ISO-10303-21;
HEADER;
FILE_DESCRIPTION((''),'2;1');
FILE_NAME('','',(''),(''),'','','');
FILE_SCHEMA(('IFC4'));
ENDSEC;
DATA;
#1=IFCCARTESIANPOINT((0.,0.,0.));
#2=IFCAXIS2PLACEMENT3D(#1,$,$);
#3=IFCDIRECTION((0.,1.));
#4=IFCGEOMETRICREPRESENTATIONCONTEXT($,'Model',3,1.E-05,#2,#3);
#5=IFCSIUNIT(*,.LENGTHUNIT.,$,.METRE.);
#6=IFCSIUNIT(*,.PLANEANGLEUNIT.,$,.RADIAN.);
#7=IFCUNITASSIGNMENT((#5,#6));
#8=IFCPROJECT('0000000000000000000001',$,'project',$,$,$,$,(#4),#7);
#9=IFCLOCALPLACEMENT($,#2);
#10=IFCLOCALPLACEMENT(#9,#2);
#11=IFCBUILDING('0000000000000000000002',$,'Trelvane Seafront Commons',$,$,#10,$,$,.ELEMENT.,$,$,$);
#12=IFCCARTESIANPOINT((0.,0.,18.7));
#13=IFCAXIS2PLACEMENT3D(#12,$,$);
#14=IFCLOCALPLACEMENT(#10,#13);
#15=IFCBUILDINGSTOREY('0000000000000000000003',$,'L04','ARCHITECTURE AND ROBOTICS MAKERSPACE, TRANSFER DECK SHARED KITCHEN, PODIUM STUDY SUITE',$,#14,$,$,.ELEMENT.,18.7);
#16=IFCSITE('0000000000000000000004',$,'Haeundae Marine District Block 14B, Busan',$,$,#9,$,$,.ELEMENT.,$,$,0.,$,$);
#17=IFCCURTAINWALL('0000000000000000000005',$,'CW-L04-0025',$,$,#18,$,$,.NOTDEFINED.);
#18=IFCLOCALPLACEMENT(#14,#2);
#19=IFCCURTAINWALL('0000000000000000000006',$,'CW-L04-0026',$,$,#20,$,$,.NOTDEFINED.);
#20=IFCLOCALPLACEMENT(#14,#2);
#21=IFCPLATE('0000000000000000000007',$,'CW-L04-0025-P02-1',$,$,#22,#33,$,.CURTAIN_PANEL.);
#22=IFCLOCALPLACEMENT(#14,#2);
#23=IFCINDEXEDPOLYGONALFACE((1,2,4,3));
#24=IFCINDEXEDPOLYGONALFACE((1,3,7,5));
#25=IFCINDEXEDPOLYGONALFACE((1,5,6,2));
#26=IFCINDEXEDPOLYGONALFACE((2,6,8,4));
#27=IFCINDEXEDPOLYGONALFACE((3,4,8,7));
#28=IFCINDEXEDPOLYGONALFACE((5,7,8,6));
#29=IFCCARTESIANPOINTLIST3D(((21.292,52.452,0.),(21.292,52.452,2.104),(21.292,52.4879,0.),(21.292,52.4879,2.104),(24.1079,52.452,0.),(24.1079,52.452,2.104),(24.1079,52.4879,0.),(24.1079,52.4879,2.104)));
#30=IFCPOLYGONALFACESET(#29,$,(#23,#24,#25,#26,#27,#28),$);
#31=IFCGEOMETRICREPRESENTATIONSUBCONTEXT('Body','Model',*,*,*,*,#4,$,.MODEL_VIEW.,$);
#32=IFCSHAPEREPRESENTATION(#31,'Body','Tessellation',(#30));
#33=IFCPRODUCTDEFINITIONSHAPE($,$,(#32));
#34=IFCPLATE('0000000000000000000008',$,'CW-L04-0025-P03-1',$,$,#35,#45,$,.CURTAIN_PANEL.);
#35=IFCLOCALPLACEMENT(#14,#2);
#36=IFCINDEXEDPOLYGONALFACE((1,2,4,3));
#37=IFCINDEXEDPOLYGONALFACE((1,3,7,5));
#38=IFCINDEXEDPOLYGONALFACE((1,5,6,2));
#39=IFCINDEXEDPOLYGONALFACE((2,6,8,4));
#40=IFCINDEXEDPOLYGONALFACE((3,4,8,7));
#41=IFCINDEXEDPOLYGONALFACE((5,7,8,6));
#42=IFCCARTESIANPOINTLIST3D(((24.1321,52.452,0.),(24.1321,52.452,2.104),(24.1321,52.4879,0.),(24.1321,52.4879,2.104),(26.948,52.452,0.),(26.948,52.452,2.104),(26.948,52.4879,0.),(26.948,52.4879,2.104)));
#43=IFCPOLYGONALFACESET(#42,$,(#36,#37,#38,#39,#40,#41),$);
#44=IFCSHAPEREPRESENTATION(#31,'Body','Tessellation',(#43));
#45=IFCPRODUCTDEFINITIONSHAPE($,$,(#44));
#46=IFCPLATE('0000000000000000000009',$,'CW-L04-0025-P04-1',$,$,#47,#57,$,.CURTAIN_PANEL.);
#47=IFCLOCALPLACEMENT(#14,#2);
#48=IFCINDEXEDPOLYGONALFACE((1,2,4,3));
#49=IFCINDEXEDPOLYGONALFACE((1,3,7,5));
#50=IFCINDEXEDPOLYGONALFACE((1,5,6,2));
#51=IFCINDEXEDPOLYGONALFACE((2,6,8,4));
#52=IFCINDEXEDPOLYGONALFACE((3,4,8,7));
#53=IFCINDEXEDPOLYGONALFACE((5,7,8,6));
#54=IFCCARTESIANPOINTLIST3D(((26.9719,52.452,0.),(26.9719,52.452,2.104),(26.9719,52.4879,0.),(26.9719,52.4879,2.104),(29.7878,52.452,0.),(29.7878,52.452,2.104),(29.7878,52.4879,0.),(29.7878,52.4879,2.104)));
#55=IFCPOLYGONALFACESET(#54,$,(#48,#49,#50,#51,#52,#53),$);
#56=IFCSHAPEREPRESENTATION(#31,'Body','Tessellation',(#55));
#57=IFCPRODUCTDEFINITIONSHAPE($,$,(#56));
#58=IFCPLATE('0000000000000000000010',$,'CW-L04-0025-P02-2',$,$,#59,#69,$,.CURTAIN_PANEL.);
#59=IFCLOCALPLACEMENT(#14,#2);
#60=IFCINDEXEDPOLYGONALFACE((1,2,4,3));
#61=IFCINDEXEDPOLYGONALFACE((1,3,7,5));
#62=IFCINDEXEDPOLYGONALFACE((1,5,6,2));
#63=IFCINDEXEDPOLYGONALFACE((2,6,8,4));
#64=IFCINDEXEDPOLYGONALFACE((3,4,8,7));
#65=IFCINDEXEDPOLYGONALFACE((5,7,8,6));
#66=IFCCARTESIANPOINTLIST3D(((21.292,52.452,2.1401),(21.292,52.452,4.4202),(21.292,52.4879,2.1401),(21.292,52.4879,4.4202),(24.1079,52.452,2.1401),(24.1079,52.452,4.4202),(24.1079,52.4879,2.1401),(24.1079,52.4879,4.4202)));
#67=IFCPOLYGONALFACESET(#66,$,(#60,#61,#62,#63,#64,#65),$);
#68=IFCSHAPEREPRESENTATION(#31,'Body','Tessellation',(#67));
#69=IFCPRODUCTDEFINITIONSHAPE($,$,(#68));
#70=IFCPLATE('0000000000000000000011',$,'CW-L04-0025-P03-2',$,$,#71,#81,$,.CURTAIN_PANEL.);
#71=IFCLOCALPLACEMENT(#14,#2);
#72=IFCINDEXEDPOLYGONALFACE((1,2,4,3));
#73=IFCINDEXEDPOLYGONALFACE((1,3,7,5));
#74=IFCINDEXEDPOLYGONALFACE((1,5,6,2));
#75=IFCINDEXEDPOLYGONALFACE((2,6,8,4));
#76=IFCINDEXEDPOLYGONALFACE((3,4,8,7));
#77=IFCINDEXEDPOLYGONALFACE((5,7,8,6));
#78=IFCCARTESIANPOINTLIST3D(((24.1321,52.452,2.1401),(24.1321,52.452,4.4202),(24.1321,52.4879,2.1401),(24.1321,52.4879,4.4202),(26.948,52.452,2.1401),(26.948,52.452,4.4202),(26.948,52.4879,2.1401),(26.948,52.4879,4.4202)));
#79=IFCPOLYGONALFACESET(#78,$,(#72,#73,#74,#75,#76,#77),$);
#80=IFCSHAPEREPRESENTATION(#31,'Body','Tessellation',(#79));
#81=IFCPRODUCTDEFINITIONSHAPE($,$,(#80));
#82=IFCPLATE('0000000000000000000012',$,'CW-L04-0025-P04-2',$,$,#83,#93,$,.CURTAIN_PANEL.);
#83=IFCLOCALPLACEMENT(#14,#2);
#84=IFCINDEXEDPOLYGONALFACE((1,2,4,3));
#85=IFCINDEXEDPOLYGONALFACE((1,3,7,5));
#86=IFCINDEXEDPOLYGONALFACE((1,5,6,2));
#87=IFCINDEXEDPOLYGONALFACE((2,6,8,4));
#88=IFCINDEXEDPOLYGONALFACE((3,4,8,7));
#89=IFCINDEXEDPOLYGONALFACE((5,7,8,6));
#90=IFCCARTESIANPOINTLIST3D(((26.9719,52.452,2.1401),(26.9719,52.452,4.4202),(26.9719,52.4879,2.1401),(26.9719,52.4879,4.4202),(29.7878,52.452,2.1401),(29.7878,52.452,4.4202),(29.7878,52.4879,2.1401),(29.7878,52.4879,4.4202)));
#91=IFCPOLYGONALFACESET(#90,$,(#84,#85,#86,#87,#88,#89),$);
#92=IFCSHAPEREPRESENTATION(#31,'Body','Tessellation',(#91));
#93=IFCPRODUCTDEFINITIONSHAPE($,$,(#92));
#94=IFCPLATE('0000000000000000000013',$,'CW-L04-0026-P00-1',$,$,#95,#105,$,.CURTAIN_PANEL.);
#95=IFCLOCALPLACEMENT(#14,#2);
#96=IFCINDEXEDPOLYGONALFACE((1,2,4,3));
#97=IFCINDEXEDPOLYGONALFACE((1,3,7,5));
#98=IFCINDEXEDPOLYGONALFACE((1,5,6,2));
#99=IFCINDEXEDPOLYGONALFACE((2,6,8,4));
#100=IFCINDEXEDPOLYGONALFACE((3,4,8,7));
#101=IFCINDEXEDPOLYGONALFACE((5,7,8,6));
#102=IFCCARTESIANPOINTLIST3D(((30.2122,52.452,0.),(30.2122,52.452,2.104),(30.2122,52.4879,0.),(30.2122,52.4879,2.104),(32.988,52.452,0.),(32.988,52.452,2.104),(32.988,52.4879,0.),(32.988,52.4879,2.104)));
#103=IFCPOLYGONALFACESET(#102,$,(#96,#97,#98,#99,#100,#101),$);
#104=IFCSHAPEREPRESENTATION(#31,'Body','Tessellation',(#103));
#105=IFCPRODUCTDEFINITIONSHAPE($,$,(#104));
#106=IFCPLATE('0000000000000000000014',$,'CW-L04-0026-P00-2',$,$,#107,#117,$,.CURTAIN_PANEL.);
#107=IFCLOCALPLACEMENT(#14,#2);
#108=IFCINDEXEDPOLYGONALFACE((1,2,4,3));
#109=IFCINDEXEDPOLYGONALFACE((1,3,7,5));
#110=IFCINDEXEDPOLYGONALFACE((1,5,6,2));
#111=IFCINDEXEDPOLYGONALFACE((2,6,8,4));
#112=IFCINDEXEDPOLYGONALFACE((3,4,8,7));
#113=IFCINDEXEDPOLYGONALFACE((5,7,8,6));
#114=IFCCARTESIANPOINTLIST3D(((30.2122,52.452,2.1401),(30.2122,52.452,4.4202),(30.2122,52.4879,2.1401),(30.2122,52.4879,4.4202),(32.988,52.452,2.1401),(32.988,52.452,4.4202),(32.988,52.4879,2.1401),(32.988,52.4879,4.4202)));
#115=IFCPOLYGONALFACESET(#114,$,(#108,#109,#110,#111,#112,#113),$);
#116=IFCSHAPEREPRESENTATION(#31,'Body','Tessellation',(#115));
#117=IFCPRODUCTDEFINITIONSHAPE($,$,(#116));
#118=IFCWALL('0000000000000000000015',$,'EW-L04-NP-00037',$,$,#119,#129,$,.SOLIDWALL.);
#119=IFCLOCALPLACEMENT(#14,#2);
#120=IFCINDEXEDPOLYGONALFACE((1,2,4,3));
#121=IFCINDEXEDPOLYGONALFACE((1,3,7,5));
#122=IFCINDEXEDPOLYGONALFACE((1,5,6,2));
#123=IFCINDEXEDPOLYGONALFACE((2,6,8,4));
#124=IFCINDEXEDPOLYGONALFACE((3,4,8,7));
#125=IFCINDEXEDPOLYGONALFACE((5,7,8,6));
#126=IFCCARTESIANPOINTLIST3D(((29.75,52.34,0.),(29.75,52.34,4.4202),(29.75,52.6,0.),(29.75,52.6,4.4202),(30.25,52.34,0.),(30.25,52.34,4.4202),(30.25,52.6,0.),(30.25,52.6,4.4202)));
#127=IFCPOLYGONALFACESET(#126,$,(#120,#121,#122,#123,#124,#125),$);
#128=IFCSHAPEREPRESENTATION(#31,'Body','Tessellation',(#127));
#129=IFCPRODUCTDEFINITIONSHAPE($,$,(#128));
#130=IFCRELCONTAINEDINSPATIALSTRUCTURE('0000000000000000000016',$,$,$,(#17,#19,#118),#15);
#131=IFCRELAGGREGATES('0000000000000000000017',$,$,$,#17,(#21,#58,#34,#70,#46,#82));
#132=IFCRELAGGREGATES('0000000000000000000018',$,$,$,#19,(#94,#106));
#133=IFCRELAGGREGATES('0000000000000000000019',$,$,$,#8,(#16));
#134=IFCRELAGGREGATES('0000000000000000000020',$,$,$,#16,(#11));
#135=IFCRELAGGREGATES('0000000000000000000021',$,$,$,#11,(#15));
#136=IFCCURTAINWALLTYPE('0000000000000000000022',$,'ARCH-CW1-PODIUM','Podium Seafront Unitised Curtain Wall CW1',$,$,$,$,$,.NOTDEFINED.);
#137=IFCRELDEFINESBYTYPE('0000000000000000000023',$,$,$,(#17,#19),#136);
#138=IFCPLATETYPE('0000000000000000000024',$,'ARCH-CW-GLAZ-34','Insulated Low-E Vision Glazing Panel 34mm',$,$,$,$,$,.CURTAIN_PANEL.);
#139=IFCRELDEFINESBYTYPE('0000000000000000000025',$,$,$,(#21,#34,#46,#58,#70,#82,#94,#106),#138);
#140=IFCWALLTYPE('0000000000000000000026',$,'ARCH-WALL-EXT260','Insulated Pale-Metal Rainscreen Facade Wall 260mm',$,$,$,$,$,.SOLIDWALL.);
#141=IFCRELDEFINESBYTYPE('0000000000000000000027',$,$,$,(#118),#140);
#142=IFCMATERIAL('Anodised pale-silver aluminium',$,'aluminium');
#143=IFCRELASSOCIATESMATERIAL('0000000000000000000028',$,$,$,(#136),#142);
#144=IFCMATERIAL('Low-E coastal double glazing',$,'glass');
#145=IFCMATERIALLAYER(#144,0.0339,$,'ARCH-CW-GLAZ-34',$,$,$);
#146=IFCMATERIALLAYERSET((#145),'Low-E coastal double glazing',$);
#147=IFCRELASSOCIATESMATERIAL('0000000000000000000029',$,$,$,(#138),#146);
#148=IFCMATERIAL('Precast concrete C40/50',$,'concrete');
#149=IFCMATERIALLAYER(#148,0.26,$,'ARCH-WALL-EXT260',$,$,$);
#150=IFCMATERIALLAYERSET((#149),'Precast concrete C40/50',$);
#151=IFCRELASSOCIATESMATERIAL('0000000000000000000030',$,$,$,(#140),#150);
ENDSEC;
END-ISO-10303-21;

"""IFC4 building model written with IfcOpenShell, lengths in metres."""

from ifc_helpers import new_model, si_unit, direction, frame, frame_2d, origin, origin_2d, place, context, subcontext, project, spatial, rectangle, extrude, source, transform, mapped, material, layer, layer_set, type_object, element, aggregate, save


model = new_model("IFC4")

# Units and contexts
model_context = context("Model", 3, precision=1e-05, world=origin(), true_north=direction((0.0, 1.0)))
body_context = subcontext(model_context, "Body", "Model", "MODEL_VIEW")
ifc_project = project(units=[si_unit("LENGTHUNIT", "METRE"), si_unit("PLANEANGLEUNIT", "RADIAN")], contexts=[model_context])

# Site, building, storey
site_placement = place(None, origin())
site = spatial("IfcSite", under=ifc_project, at=site_placement, Name="Haeundae Marine District Block 14B, Busan", CompositionType="ELEMENT", RefElevation=0.0)
building_placement = place(site_placement, origin())
building = spatial("IfcBuilding", under=site, at=building_placement, Name="Trelvane Seafront Commons", CompositionType="ELEMENT")
storey_placement = place(building_placement, frame((0.0, 0.0, 18.7)))
storey = spatial("IfcBuildingStorey", under=building, at=storey_placement, Name="L04", Description="ARCHITECTURE AND ROBOTICS MAKERSPACE, TRANSFER DECK SHARED KITCHEN, PODIUM STUDY SUITE", CompositionType="ELEMENT", Elevation=18.7)

# Curtain walls
ifc_material_1 = material(Name="Anodised pale-silver aluminium", Category="aluminium")
curtain_wall_type = type_object("IfcCurtainWallType", Name="ARCH-CW1-PODIUM", Description="Podium Seafront Unitised Curtain Wall CW1", PredefinedType="NOTDEFINED", material=ifc_material_1)
curtain_wall_1_placement = place(storey_placement, origin())
curtain_wall_1 = element("IfcCurtainWall", 1, at=curtain_wall_1_placement, inside=storey, type_object=curtain_wall_type, Name="CW-L04-0025", PredefinedType="NOTDEFINED")
curtain_wall_2_placement = place(storey_placement, origin())
curtain_wall_2 = element("IfcCurtainWall", 2, at=curtain_wall_2_placement, inside=storey, type_object=curtain_wall_type, Name="CW-L04-0026", PredefinedType="NOTDEFINED")

# Plates
ifc_material_2 = material(Name="Low-E coastal double glazing", Category="glass")
ifc_layer_1 = layer(ifc_material_2, 0.0339, Name="ARCH-CW-GLAZ-34")
ifc_layer_set_1 = layer_set([ifc_layer_1], Name="Low-E coastal double glazing")
plate_type = type_object("IfcPlateType", Name="ARCH-CW-GLAZ-34", Description="Insulated Low-E Vision Glazing Panel 34mm", PredefinedType="CURTAIN_PANEL", material=ifc_layer_set_1)
shared_shape_1 = source(origin(), body_context, "Body", "SweptSolid", [
    extrude(rectangle(XDim=2.8159, YDim=0.0359, at=origin_2d()), origin(), (0.0, 0.0, 1.0), 2.104),
])
plate_1_placement = place(storey_placement, frame((22.7, 52.47, 0.0), z_axis=(0.0, 0.0, 1.0), x_axis=(1.0, 0.0, 0.0)))
plate_1 = element("IfcPlate", 3, at=plate_1_placement, type_object=plate_type, Name="CW-L04-0025-P02-1", PredefinedType="CURTAIN_PANEL", context=body_context, shape_type="MappedRepresentation", body=[
    mapped(shared_shape_1, transform((0.0, 0.0, 0.0), x_axis=(1.0, 0.0, 0.0), y_axis=(0.0, 1.0, 0.0), z_axis=(0.0, 0.0, 1.0), scale=1.0)),
])
plate_2_placement = place(storey_placement, frame((25.54, 52.47, 0.0), z_axis=(0.0, 0.0, 1.0), x_axis=(1.0, 0.0, 0.0)))
plate_2 = element("IfcPlate", 4, at=plate_2_placement, type_object=plate_type, Name="CW-L04-0025-P03-1", PredefinedType="CURTAIN_PANEL", context=body_context, shape_type="MappedRepresentation", body=[
    mapped(shared_shape_1, transform((0.0, 0.0, 0.0), x_axis=(1.0, 0.0, 0.0), y_axis=(0.0, 1.0, 0.0), z_axis=(0.0, 0.0, 1.0), scale=1.0)),
])
plate_3_placement = place(storey_placement, frame((28.3799, 52.47, 0.0), z_axis=(0.0, 0.0, 1.0), x_axis=(1.0, 0.0, 0.0)))
plate_3 = element("IfcPlate", 5, at=plate_3_placement, type_object=plate_type, Name="CW-L04-0025-P04-1", PredefinedType="CURTAIN_PANEL", context=body_context, shape_type="MappedRepresentation", body=[
    mapped(shared_shape_1, transform((0.0, 0.0, 0.0), x_axis=(1.0, 0.0, 0.0), y_axis=(0.0, 1.0, 0.0), z_axis=(0.0, 0.0, 1.0), scale=1.0)),
])
shared_shape_2 = source(origin(), body_context, "Body", "SweptSolid", [
    extrude(rectangle(XDim=2.8159, YDim=0.0359, at=origin_2d()), origin(), (0.0, 0.0, 1.0), 2.28),
])
plate_4_placement = place(storey_placement, frame((22.7, 52.47, 2.1401), z_axis=(0.0, 0.0, 1.0), x_axis=(1.0, 0.0, 0.0)))
plate_4 = element("IfcPlate", 6, at=plate_4_placement, type_object=plate_type, Name="CW-L04-0025-P02-2", PredefinedType="CURTAIN_PANEL", context=body_context, shape_type="MappedRepresentation", body=[
    mapped(shared_shape_2, transform((0.0, 0.0, 0.0), x_axis=(1.0, 0.0, 0.0), y_axis=(0.0, 1.0, 0.0), z_axis=(0.0, 0.0, 1.0), scale=1.0)),
])
plate_5_placement = place(storey_placement, frame((25.54, 52.47, 2.1401), z_axis=(0.0, 0.0, 1.0), x_axis=(1.0, 0.0, 0.0)))
plate_5 = element("IfcPlate", 7, at=plate_5_placement, type_object=plate_type, Name="CW-L04-0025-P03-2", PredefinedType="CURTAIN_PANEL", context=body_context, shape_type="MappedRepresentation", body=[
    mapped(shared_shape_2, transform((0.0, 0.0, 0.0), x_axis=(1.0, 0.0, 0.0), y_axis=(0.0, 1.0, 0.0), z_axis=(0.0, 0.0, 1.0), scale=1.0)),
])
plate_6_placement = place(storey_placement, frame((28.3799, 52.47, 2.1401), z_axis=(0.0, 0.0, 1.0), x_axis=(1.0, 0.0, 0.0)))
plate_6 = element("IfcPlate", 8, at=plate_6_placement, type_object=plate_type, Name="CW-L04-0025-P04-2", PredefinedType="CURTAIN_PANEL", context=body_context, shape_type="MappedRepresentation", body=[
    mapped(shared_shape_2, transform((0.0, 0.0, 0.0), x_axis=(1.0, 0.0, 0.0), y_axis=(0.0, 1.0, 0.0), z_axis=(0.0, 0.0, 1.0), scale=1.0)),
])
aggregate(curtain_wall_1, [plate_1, plate_4, plate_2, plate_5, plate_3, plate_6])
shared_shape_3 = source(origin(), body_context, "Body", "SweptSolid", [
    extrude(rectangle(XDim=2.7759, YDim=0.0359, at=origin_2d()), origin(), (0.0, 0.0, 1.0), 2.104),
])
plate_7_placement = place(storey_placement, frame((31.6001, 52.47, 0.0), z_axis=(0.0, 0.0, 1.0), x_axis=(1.0, 0.0, 0.0)))
plate_7 = element("IfcPlate", 9, at=plate_7_placement, type_object=plate_type, Name="CW-L04-0026-P00-1", PredefinedType="CURTAIN_PANEL", context=body_context, shape_type="MappedRepresentation", body=[
    mapped(shared_shape_3, transform((0.0, 0.0, 0.0), x_axis=(1.0, 0.0, 0.0), y_axis=(0.0, 1.0, 0.0), z_axis=(0.0, 0.0, 1.0), scale=1.0)),
])
shared_shape_4 = source(origin(), body_context, "Body", "SweptSolid", [
    extrude(rectangle(XDim=2.7759, YDim=0.0359, at=origin_2d()), origin(), (0.0, 0.0, 1.0), 2.28),
])
plate_8_placement = place(storey_placement, frame((31.6001, 52.47, 2.1401), z_axis=(0.0, 0.0, 1.0), x_axis=(1.0, 0.0, 0.0)))
plate_8 = element("IfcPlate", 10, at=plate_8_placement, type_object=plate_type, Name="CW-L04-0026-P00-2", PredefinedType="CURTAIN_PANEL", context=body_context, shape_type="MappedRepresentation", body=[
    mapped(shared_shape_4, transform((0.0, 0.0, 0.0), x_axis=(1.0, 0.0, 0.0), y_axis=(0.0, 1.0, 0.0), z_axis=(0.0, 0.0, 1.0), scale=1.0)),
])
aggregate(curtain_wall_2, [plate_7, plate_8])

# Wall
ifc_material_3 = material(Name="Precast concrete C40/50", Category="concrete")
ifc_layer_2 = layer(ifc_material_3, 0.26, Name="ARCH-WALL-EXT260")
ifc_layer_set_2 = layer_set([ifc_layer_2], Name="Precast concrete C40/50")
wall_type = type_object("IfcWallType", Name="ARCH-WALL-EXT260", Description="Insulated Pale-Metal Rainscreen Facade Wall 260mm", PredefinedType="SOLIDWALL", material=ifc_layer_set_2)
wall_placement = place(storey_placement, frame((29.75, 52.47, 0.0), z_axis=(0.0, 0.0, 1.0), x_axis=(1.0, 0.0, 0.0)))
element("IfcWall", 11, at=wall_placement, inside=storey, type_object=wall_type, Name="EW-L04-NP-00037", PredefinedType="SOLIDWALL", context=body_context, shape_type="SweptSolid", body=[
    extrude(rectangle(XDim=0.5, YDim=0.26, at=frame_2d((0.25, 0.0))), origin(), (0.0, 0.0, 1.0), 4.4202),
])

save(model, "model.ifc")
